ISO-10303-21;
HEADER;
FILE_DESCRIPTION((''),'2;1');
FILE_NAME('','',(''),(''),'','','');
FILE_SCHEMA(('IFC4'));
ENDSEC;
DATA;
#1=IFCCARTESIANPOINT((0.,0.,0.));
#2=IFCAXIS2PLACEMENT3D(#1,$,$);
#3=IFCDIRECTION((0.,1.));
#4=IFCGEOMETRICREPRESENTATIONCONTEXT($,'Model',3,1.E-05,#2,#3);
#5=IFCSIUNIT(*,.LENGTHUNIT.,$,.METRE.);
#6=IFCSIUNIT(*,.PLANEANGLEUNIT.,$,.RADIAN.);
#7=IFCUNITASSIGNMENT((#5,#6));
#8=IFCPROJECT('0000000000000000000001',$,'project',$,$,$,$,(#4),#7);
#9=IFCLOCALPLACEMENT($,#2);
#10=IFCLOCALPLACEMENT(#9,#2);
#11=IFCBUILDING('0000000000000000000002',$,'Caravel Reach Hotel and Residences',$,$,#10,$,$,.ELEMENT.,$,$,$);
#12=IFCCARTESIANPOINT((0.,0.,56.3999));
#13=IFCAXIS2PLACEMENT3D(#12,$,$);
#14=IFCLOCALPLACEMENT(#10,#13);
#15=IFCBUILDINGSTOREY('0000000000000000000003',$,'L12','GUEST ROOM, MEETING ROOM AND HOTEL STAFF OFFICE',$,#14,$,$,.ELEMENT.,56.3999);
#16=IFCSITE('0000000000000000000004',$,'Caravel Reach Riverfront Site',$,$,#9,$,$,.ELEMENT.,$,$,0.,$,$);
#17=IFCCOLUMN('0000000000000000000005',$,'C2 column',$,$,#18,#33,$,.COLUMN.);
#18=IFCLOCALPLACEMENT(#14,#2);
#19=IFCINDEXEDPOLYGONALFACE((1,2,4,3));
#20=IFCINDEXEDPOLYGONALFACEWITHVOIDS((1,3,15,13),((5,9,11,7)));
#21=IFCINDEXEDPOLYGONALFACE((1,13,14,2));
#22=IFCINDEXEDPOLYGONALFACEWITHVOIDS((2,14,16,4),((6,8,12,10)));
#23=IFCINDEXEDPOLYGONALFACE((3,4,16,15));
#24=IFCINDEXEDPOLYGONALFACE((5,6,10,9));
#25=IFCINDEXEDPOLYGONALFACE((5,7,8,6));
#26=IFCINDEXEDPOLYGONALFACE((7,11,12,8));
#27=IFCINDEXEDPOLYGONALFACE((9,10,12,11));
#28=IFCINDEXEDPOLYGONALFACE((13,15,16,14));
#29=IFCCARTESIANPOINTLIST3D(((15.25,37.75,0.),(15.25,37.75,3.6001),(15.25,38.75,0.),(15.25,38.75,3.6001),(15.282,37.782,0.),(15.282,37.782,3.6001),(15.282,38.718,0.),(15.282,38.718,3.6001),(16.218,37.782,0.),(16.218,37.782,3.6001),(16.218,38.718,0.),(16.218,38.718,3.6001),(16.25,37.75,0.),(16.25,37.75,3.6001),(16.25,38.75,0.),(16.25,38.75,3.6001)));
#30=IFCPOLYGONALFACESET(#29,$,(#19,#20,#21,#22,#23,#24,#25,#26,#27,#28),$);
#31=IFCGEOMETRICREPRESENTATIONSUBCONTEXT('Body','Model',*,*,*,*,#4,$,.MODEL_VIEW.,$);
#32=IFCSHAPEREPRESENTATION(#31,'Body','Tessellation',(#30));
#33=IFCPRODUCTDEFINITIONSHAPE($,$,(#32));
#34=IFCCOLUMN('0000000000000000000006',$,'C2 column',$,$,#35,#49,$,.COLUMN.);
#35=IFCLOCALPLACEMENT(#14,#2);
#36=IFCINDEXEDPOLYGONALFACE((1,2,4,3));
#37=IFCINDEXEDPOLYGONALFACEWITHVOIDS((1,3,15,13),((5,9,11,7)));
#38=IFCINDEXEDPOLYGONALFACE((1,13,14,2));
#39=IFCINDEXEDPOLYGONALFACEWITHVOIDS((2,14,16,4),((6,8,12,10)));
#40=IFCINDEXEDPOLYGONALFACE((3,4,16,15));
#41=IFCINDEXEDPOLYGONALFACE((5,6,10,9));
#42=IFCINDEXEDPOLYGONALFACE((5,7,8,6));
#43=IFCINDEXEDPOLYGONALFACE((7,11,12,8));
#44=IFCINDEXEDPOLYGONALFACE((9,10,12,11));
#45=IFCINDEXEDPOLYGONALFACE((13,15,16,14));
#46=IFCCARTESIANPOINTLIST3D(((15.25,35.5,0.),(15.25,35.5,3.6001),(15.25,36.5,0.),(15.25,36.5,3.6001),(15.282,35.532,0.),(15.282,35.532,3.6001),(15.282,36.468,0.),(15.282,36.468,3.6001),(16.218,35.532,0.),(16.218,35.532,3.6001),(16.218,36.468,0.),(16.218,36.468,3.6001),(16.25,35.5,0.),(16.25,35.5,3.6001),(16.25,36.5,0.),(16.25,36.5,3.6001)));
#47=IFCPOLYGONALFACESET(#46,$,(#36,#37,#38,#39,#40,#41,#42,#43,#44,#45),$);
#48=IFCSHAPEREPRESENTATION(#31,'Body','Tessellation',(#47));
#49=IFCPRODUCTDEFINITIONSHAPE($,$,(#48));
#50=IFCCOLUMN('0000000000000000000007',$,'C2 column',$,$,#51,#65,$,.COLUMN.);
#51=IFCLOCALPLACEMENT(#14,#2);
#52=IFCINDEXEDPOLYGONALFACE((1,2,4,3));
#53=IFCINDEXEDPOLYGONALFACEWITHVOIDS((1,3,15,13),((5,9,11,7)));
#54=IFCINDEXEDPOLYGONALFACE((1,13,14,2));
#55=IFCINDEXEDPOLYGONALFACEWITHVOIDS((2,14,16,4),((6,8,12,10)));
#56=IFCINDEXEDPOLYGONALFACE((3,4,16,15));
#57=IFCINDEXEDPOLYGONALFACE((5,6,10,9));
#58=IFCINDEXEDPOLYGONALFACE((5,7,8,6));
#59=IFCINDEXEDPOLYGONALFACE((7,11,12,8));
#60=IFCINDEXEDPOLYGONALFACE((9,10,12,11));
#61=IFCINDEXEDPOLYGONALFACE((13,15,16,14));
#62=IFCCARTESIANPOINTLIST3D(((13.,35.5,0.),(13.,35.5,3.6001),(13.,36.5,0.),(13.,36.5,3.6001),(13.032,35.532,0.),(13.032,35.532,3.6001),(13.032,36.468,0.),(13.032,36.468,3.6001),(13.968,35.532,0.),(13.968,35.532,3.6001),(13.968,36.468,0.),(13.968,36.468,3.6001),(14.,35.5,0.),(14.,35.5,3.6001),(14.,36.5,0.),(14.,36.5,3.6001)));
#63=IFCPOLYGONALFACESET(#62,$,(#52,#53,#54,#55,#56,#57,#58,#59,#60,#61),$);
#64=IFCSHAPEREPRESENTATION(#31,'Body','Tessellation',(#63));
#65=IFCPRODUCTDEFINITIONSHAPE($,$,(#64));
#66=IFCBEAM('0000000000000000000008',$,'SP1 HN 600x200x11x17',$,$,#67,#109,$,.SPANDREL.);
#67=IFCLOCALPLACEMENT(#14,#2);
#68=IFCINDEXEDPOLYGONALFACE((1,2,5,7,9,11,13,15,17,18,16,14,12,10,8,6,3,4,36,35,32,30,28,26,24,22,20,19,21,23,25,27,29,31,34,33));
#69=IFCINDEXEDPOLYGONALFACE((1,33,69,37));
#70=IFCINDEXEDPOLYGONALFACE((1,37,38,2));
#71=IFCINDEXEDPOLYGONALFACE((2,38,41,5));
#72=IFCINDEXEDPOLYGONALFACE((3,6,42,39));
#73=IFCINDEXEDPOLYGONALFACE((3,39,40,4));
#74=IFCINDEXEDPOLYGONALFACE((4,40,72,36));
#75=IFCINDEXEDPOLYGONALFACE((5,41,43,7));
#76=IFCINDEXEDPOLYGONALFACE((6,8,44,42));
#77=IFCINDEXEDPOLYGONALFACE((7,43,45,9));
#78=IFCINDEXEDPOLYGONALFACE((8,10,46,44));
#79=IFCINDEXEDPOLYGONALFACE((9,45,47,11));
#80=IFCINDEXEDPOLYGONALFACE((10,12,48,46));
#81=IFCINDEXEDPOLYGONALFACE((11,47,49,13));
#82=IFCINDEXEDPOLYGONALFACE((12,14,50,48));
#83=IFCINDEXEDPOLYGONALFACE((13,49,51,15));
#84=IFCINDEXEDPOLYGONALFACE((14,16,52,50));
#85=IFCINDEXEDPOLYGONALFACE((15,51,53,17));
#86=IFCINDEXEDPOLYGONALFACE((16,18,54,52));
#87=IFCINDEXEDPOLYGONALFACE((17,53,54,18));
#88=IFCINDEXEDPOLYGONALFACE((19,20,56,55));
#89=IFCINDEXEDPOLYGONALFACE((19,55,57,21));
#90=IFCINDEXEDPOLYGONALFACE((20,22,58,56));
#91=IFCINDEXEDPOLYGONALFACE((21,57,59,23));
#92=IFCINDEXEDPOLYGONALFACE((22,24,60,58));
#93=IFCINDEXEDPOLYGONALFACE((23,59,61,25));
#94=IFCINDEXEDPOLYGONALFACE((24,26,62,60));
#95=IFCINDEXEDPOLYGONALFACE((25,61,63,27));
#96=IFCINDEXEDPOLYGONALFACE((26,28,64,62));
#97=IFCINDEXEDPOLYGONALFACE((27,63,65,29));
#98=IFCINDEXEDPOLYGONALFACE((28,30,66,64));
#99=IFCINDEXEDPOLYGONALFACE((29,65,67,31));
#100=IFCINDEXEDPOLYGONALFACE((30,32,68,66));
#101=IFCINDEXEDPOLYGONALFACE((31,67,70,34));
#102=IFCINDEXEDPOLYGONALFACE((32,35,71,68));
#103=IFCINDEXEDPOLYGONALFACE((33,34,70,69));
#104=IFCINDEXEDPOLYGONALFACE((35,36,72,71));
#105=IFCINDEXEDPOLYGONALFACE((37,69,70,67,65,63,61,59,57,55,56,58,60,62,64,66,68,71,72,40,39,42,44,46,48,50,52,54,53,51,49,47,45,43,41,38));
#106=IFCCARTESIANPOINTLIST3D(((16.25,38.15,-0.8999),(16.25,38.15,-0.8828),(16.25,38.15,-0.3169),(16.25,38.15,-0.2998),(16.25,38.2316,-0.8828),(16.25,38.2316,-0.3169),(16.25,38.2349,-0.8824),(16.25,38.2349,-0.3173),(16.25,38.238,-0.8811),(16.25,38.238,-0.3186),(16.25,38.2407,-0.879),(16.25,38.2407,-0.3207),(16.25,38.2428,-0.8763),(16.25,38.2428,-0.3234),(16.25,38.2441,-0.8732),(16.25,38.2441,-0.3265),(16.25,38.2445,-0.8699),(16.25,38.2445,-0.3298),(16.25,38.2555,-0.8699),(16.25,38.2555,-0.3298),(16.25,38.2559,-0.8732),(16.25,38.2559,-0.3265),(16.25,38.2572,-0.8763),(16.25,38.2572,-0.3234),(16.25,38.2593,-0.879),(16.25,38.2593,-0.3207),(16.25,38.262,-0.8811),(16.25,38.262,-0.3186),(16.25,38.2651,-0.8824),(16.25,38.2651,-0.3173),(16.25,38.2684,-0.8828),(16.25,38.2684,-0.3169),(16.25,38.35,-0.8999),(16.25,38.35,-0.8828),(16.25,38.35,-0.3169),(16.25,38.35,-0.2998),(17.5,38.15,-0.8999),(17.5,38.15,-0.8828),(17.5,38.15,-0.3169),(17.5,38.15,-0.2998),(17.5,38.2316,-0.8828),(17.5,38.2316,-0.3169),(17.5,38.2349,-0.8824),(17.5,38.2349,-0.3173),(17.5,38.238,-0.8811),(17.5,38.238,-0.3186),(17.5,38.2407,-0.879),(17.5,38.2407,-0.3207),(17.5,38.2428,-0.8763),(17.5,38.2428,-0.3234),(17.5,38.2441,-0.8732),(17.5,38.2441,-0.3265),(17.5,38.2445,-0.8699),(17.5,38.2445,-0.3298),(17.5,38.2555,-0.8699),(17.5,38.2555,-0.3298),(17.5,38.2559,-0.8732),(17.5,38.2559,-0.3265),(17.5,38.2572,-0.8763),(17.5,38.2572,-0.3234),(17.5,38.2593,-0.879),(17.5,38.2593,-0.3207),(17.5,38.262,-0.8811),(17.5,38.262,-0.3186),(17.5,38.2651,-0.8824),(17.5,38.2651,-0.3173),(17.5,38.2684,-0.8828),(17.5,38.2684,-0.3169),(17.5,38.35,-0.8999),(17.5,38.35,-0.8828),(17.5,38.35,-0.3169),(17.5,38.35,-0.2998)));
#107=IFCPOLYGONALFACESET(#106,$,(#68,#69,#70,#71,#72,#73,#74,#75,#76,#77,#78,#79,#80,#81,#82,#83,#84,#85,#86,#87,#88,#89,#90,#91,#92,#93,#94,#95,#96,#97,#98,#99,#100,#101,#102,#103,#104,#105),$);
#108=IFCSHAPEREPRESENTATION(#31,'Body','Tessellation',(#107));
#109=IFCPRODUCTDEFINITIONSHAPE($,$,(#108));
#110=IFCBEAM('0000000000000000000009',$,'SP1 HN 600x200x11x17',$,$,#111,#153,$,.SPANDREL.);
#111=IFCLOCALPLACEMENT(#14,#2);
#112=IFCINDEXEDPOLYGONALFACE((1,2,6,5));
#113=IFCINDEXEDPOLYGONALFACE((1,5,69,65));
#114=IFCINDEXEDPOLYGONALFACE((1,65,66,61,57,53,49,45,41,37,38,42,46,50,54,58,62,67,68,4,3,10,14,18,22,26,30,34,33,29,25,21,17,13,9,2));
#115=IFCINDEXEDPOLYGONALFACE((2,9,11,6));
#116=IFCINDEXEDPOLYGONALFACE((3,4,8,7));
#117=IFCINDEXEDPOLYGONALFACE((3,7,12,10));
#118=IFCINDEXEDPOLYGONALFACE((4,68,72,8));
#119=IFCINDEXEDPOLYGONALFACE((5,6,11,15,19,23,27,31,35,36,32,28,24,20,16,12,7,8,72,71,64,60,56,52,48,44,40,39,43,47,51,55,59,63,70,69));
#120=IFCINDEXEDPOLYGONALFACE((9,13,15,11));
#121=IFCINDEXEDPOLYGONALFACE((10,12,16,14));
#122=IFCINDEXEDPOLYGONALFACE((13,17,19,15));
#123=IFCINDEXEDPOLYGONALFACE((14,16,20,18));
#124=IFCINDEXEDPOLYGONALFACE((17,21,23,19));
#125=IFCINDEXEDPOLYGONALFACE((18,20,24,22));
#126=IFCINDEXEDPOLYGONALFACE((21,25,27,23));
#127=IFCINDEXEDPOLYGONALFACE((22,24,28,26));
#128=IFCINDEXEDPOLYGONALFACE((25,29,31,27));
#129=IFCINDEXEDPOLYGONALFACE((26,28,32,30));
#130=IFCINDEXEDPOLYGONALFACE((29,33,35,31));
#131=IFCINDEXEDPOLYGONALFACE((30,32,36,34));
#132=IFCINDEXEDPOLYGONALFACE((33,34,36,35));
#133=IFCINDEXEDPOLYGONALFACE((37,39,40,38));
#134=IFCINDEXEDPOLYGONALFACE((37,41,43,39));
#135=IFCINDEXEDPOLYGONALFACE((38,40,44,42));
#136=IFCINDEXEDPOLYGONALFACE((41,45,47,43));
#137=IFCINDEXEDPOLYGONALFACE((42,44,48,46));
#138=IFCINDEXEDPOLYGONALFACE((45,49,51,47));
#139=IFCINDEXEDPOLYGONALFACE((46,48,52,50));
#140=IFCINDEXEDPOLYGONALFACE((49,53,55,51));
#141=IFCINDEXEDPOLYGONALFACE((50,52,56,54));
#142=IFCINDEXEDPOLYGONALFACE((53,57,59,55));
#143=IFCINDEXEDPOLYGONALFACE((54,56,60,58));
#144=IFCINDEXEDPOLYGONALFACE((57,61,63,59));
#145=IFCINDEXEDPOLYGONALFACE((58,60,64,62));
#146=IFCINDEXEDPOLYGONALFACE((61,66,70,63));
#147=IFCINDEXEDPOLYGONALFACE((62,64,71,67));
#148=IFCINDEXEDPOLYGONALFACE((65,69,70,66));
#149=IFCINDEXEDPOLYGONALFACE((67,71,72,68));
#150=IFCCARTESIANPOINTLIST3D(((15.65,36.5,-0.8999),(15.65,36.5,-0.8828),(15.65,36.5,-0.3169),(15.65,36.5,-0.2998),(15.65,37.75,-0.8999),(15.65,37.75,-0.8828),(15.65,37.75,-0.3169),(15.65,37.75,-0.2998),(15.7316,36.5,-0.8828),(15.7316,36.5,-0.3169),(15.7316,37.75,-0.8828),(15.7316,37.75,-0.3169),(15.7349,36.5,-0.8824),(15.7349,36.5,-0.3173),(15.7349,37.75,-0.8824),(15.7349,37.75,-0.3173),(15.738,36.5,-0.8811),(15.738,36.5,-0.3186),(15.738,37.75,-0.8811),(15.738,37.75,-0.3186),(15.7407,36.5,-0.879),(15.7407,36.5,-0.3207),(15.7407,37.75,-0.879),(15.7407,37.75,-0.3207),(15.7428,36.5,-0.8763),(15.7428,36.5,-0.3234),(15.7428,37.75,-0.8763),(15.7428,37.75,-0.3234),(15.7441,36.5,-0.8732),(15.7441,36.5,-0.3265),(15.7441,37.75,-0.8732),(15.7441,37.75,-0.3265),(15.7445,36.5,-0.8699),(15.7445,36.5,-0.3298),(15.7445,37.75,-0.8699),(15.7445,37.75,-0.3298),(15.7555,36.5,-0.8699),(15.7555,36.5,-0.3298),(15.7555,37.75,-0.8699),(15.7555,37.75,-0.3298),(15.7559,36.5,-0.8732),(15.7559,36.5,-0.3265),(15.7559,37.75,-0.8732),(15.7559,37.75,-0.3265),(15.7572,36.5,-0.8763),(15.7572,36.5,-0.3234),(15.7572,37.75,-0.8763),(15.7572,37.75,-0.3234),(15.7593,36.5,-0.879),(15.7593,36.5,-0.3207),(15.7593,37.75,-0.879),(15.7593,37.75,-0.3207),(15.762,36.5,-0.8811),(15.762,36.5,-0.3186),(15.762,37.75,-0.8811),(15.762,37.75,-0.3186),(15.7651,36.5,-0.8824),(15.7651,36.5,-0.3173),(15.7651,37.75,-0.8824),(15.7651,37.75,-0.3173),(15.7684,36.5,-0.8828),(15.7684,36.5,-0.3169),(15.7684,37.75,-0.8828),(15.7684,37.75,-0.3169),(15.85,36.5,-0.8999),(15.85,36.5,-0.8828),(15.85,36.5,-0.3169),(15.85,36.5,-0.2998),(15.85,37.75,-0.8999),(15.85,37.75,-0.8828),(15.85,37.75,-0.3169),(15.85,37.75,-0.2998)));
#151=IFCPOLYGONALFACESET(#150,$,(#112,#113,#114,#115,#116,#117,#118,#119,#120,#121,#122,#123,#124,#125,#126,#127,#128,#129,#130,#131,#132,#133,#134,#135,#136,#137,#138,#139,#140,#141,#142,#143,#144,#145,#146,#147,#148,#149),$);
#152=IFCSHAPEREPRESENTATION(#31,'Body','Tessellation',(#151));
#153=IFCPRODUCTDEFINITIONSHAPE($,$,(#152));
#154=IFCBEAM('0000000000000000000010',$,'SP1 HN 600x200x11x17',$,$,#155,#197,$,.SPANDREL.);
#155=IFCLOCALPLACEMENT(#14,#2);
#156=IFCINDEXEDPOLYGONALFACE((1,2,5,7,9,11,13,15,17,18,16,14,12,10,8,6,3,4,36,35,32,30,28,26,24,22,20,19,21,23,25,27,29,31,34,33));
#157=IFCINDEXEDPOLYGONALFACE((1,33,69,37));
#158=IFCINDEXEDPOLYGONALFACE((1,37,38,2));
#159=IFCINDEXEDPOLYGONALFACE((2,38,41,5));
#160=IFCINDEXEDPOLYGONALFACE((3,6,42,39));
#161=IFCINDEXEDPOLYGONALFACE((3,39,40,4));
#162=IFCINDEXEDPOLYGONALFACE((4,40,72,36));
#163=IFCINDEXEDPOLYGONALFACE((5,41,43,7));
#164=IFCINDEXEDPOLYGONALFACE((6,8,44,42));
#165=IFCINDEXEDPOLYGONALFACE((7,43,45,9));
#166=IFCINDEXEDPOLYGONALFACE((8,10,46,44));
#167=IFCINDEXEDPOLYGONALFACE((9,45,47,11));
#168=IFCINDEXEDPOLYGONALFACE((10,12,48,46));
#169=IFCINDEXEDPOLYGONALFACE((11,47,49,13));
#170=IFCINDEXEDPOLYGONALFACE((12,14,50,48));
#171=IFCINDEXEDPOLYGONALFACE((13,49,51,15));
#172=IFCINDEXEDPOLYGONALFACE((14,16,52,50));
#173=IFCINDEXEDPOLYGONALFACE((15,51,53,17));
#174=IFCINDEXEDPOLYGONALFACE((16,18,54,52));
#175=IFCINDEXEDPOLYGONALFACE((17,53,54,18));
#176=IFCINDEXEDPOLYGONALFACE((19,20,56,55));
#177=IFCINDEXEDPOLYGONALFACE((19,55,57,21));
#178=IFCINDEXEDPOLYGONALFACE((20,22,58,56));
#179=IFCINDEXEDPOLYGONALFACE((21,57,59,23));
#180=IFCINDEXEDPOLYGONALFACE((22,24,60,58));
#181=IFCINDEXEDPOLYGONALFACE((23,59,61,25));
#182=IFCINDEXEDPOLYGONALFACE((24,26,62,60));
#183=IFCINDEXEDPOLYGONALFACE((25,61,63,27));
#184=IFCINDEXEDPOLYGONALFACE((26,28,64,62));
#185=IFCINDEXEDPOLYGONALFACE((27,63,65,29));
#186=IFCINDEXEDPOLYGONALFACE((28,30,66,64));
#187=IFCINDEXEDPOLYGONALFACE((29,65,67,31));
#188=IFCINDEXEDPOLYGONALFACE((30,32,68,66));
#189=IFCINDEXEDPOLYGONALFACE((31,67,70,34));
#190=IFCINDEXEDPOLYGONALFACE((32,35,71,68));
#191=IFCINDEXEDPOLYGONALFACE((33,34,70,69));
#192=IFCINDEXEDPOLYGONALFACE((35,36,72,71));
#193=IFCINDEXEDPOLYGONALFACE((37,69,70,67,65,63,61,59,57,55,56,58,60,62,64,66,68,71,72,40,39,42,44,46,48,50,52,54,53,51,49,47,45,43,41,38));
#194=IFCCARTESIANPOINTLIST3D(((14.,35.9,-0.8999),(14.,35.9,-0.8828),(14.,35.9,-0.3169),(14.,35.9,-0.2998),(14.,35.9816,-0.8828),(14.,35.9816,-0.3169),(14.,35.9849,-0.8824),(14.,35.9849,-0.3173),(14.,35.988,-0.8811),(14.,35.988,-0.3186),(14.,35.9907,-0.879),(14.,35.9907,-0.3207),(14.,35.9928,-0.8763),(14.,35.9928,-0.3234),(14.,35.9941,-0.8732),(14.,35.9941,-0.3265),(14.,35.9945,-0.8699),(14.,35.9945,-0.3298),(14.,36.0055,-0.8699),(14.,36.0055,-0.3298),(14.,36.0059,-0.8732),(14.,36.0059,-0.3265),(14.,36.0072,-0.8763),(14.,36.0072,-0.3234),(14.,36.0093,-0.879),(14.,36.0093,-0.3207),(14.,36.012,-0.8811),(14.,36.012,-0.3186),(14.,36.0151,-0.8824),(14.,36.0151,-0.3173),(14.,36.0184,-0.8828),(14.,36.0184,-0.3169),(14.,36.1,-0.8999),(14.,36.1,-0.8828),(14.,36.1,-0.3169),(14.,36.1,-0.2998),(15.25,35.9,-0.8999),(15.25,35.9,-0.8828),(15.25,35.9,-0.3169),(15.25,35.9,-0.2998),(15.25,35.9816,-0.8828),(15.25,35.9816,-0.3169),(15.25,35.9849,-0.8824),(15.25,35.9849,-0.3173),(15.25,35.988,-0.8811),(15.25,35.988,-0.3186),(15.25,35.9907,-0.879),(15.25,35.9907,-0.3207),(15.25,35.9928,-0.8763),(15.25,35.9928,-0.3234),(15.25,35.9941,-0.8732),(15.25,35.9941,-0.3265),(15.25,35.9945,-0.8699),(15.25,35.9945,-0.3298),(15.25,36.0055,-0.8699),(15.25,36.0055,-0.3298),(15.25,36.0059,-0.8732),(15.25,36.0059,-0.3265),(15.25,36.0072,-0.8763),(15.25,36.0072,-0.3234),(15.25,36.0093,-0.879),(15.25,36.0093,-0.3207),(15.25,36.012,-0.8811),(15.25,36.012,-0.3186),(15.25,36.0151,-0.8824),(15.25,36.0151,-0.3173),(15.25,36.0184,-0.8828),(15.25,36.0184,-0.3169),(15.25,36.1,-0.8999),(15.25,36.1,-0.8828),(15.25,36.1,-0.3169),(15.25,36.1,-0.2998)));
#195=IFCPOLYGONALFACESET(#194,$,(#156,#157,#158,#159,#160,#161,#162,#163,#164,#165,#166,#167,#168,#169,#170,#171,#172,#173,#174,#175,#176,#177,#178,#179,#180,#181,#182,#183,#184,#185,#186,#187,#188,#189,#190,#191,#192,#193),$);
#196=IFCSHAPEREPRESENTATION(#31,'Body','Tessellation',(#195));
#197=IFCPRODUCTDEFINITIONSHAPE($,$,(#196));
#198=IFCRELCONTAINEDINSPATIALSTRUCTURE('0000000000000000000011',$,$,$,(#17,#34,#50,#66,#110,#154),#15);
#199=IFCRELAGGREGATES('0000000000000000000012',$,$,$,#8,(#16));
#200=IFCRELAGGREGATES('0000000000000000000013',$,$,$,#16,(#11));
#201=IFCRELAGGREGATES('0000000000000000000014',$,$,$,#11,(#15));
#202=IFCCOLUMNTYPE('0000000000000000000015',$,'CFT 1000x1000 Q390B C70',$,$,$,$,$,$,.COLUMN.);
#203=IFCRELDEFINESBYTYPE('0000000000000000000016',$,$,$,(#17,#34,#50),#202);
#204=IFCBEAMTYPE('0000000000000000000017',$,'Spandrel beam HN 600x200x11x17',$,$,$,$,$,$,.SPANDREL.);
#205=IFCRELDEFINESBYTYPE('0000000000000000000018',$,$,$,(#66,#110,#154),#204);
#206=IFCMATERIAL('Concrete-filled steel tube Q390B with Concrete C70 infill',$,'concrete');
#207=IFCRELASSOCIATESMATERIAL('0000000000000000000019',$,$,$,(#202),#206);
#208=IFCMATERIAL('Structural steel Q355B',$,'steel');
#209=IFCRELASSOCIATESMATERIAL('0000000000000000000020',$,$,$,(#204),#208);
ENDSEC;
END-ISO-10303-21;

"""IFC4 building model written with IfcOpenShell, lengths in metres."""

from ifc_helpers import new_model, si_unit, direction, frame, origin, origin_2d, place, context, subcontext, project, spatial, hollow_rectangle, i_section, extrude, material, material_profile, profile_set, type_object, element, save


model = new_model("IFC4")

# Units and contexts
model_context = context("Model", 3, precision=1e-05, world=origin(), true_north=direction((0.0, 1.0)))
body_context = subcontext(model_context, "Body", "Model", "MODEL_VIEW")
ifc_project = project(units=[si_unit("LENGTHUNIT", "METRE"), si_unit("PLANEANGLEUNIT", "RADIAN")], contexts=[model_context])

# Site, building, storey
site_placement = place(None, origin())
site = spatial("IfcSite", under=ifc_project, at=site_placement, Name="Caravel Reach Riverfront Site", CompositionType="ELEMENT", RefElevation=0.0)
building_placement = place(site_placement, origin())
building = spatial("IfcBuilding", under=site, at=building_placement, Name="Caravel Reach Hotel and Residences", CompositionType="ELEMENT")
storey_placement = place(building_placement, frame((0.0, 0.0, 56.3999)))
storey = spatial("IfcBuildingStorey", under=building, at=storey_placement, Name="L12", Description="GUEST ROOM, MEETING ROOM AND HOTEL STAFF OFFICE", CompositionType="ELEMENT", Elevation=56.3999)

# Columns
ifc_material_1 = material(Name="Concrete-filled steel tube Q390B with Concrete C70 infill", Category="concrete")
ifc_material_profile_1 = material_profile(ifc_material_1, hollow_rectangle(XDim=1.0, YDim=1.0, WallThickness=0.032, at=origin_2d()), Name="RHS 1000x1000x32")
ifc_profile_set_1 = profile_set([ifc_material_profile_1], Name="Concrete-filled steel tube Q390B with Concrete C70 infill")
column_type = type_object("IfcColumnType", Name="CFT 1000x1000 Q390B C70", PredefinedType="COLUMN", material=ifc_profile_set_1)
for number, where, z_axis, x_axis, name in (
    (1, (15.75, 38.25, 0.0), (0.0, 0.0, 1.0), (1.0, 0.0, 0.0), "C2 column"),
    (2, (15.75, 36.0, 0.0), (0.0, 0.0, 1.0), (1.0, 0.0, 0.0), "C2 column"),
    (3, (13.5, 36.0, 0.0), (0.0, 0.0, 1.0), (1.0, 0.0, 0.0), "C2 column"),
):
    element("IfcColumn", number, at=place(storey_placement, frame(where, z_axis=z_axis, x_axis=x_axis)), inside=storey, type_object=column_type, Name=name, PredefinedType="COLUMN", context=body_context, shape_type="SweptSolid", body=[
        extrude(hollow_rectangle(XDim=1.0, YDim=1.0, WallThickness=0.032, at=origin_2d()), origin(), (0.0, 0.0, 1.0), 3.6001),
    ])

# Beams
ifc_material_2 = material(Name="Structural steel Q355B", Category="steel")
ifc_material_profile_2 = material_profile(ifc_material_2, i_section(OverallWidth=0.2, OverallDepth=0.6001, WebThickness=0.011, FlangeThickness=0.0171, FilletRadius=0.0129, at=origin_2d()), Name="HN 600x200x11x17")
ifc_profile_set_2 = profile_set([ifc_material_profile_2], Name="Structural steel Q355B")
beam_type = type_object("IfcBeamType", Name="Spandrel beam HN 600x200x11x17", PredefinedType="SPANDREL", material=ifc_profile_set_2)
for number, where, z_axis, x_axis, name in (
    (4, (17.5, 38.25, -0.5999), (-1.0, 0.0, 0.0), (0.0, -1.0, 0.0), "SP1 HN 600x200x11x17"),
    (5, (15.75, 37.75, -0.5999), (0.0, -1.0, 0.0), (1.0, 0.0, 0.0), "SP1 HN 600x200x11x17"),
    (6, (15.25, 36.0, -0.5999), (-1.0, 0.0, 0.0), (0.0, -1.0, 0.0), "SP1 HN 600x200x11x17"),
):
    element("IfcBeam", number, at=place(storey_placement, frame(where, z_axis=z_axis, x_axis=x_axis)), inside=storey, type_object=beam_type, Name=name, PredefinedType="SPANDREL", context=body_context, shape_type="SweptSolid", body=[
        extrude(i_section(OverallWidth=0.2, OverallDepth=0.6001, WebThickness=0.011, FlangeThickness=0.0171, FilletRadius=0.0129, at=origin_2d()), origin(), (0.0, 0.0, 1.0), 1.25),
    ])

save(model, "model.ifc")
